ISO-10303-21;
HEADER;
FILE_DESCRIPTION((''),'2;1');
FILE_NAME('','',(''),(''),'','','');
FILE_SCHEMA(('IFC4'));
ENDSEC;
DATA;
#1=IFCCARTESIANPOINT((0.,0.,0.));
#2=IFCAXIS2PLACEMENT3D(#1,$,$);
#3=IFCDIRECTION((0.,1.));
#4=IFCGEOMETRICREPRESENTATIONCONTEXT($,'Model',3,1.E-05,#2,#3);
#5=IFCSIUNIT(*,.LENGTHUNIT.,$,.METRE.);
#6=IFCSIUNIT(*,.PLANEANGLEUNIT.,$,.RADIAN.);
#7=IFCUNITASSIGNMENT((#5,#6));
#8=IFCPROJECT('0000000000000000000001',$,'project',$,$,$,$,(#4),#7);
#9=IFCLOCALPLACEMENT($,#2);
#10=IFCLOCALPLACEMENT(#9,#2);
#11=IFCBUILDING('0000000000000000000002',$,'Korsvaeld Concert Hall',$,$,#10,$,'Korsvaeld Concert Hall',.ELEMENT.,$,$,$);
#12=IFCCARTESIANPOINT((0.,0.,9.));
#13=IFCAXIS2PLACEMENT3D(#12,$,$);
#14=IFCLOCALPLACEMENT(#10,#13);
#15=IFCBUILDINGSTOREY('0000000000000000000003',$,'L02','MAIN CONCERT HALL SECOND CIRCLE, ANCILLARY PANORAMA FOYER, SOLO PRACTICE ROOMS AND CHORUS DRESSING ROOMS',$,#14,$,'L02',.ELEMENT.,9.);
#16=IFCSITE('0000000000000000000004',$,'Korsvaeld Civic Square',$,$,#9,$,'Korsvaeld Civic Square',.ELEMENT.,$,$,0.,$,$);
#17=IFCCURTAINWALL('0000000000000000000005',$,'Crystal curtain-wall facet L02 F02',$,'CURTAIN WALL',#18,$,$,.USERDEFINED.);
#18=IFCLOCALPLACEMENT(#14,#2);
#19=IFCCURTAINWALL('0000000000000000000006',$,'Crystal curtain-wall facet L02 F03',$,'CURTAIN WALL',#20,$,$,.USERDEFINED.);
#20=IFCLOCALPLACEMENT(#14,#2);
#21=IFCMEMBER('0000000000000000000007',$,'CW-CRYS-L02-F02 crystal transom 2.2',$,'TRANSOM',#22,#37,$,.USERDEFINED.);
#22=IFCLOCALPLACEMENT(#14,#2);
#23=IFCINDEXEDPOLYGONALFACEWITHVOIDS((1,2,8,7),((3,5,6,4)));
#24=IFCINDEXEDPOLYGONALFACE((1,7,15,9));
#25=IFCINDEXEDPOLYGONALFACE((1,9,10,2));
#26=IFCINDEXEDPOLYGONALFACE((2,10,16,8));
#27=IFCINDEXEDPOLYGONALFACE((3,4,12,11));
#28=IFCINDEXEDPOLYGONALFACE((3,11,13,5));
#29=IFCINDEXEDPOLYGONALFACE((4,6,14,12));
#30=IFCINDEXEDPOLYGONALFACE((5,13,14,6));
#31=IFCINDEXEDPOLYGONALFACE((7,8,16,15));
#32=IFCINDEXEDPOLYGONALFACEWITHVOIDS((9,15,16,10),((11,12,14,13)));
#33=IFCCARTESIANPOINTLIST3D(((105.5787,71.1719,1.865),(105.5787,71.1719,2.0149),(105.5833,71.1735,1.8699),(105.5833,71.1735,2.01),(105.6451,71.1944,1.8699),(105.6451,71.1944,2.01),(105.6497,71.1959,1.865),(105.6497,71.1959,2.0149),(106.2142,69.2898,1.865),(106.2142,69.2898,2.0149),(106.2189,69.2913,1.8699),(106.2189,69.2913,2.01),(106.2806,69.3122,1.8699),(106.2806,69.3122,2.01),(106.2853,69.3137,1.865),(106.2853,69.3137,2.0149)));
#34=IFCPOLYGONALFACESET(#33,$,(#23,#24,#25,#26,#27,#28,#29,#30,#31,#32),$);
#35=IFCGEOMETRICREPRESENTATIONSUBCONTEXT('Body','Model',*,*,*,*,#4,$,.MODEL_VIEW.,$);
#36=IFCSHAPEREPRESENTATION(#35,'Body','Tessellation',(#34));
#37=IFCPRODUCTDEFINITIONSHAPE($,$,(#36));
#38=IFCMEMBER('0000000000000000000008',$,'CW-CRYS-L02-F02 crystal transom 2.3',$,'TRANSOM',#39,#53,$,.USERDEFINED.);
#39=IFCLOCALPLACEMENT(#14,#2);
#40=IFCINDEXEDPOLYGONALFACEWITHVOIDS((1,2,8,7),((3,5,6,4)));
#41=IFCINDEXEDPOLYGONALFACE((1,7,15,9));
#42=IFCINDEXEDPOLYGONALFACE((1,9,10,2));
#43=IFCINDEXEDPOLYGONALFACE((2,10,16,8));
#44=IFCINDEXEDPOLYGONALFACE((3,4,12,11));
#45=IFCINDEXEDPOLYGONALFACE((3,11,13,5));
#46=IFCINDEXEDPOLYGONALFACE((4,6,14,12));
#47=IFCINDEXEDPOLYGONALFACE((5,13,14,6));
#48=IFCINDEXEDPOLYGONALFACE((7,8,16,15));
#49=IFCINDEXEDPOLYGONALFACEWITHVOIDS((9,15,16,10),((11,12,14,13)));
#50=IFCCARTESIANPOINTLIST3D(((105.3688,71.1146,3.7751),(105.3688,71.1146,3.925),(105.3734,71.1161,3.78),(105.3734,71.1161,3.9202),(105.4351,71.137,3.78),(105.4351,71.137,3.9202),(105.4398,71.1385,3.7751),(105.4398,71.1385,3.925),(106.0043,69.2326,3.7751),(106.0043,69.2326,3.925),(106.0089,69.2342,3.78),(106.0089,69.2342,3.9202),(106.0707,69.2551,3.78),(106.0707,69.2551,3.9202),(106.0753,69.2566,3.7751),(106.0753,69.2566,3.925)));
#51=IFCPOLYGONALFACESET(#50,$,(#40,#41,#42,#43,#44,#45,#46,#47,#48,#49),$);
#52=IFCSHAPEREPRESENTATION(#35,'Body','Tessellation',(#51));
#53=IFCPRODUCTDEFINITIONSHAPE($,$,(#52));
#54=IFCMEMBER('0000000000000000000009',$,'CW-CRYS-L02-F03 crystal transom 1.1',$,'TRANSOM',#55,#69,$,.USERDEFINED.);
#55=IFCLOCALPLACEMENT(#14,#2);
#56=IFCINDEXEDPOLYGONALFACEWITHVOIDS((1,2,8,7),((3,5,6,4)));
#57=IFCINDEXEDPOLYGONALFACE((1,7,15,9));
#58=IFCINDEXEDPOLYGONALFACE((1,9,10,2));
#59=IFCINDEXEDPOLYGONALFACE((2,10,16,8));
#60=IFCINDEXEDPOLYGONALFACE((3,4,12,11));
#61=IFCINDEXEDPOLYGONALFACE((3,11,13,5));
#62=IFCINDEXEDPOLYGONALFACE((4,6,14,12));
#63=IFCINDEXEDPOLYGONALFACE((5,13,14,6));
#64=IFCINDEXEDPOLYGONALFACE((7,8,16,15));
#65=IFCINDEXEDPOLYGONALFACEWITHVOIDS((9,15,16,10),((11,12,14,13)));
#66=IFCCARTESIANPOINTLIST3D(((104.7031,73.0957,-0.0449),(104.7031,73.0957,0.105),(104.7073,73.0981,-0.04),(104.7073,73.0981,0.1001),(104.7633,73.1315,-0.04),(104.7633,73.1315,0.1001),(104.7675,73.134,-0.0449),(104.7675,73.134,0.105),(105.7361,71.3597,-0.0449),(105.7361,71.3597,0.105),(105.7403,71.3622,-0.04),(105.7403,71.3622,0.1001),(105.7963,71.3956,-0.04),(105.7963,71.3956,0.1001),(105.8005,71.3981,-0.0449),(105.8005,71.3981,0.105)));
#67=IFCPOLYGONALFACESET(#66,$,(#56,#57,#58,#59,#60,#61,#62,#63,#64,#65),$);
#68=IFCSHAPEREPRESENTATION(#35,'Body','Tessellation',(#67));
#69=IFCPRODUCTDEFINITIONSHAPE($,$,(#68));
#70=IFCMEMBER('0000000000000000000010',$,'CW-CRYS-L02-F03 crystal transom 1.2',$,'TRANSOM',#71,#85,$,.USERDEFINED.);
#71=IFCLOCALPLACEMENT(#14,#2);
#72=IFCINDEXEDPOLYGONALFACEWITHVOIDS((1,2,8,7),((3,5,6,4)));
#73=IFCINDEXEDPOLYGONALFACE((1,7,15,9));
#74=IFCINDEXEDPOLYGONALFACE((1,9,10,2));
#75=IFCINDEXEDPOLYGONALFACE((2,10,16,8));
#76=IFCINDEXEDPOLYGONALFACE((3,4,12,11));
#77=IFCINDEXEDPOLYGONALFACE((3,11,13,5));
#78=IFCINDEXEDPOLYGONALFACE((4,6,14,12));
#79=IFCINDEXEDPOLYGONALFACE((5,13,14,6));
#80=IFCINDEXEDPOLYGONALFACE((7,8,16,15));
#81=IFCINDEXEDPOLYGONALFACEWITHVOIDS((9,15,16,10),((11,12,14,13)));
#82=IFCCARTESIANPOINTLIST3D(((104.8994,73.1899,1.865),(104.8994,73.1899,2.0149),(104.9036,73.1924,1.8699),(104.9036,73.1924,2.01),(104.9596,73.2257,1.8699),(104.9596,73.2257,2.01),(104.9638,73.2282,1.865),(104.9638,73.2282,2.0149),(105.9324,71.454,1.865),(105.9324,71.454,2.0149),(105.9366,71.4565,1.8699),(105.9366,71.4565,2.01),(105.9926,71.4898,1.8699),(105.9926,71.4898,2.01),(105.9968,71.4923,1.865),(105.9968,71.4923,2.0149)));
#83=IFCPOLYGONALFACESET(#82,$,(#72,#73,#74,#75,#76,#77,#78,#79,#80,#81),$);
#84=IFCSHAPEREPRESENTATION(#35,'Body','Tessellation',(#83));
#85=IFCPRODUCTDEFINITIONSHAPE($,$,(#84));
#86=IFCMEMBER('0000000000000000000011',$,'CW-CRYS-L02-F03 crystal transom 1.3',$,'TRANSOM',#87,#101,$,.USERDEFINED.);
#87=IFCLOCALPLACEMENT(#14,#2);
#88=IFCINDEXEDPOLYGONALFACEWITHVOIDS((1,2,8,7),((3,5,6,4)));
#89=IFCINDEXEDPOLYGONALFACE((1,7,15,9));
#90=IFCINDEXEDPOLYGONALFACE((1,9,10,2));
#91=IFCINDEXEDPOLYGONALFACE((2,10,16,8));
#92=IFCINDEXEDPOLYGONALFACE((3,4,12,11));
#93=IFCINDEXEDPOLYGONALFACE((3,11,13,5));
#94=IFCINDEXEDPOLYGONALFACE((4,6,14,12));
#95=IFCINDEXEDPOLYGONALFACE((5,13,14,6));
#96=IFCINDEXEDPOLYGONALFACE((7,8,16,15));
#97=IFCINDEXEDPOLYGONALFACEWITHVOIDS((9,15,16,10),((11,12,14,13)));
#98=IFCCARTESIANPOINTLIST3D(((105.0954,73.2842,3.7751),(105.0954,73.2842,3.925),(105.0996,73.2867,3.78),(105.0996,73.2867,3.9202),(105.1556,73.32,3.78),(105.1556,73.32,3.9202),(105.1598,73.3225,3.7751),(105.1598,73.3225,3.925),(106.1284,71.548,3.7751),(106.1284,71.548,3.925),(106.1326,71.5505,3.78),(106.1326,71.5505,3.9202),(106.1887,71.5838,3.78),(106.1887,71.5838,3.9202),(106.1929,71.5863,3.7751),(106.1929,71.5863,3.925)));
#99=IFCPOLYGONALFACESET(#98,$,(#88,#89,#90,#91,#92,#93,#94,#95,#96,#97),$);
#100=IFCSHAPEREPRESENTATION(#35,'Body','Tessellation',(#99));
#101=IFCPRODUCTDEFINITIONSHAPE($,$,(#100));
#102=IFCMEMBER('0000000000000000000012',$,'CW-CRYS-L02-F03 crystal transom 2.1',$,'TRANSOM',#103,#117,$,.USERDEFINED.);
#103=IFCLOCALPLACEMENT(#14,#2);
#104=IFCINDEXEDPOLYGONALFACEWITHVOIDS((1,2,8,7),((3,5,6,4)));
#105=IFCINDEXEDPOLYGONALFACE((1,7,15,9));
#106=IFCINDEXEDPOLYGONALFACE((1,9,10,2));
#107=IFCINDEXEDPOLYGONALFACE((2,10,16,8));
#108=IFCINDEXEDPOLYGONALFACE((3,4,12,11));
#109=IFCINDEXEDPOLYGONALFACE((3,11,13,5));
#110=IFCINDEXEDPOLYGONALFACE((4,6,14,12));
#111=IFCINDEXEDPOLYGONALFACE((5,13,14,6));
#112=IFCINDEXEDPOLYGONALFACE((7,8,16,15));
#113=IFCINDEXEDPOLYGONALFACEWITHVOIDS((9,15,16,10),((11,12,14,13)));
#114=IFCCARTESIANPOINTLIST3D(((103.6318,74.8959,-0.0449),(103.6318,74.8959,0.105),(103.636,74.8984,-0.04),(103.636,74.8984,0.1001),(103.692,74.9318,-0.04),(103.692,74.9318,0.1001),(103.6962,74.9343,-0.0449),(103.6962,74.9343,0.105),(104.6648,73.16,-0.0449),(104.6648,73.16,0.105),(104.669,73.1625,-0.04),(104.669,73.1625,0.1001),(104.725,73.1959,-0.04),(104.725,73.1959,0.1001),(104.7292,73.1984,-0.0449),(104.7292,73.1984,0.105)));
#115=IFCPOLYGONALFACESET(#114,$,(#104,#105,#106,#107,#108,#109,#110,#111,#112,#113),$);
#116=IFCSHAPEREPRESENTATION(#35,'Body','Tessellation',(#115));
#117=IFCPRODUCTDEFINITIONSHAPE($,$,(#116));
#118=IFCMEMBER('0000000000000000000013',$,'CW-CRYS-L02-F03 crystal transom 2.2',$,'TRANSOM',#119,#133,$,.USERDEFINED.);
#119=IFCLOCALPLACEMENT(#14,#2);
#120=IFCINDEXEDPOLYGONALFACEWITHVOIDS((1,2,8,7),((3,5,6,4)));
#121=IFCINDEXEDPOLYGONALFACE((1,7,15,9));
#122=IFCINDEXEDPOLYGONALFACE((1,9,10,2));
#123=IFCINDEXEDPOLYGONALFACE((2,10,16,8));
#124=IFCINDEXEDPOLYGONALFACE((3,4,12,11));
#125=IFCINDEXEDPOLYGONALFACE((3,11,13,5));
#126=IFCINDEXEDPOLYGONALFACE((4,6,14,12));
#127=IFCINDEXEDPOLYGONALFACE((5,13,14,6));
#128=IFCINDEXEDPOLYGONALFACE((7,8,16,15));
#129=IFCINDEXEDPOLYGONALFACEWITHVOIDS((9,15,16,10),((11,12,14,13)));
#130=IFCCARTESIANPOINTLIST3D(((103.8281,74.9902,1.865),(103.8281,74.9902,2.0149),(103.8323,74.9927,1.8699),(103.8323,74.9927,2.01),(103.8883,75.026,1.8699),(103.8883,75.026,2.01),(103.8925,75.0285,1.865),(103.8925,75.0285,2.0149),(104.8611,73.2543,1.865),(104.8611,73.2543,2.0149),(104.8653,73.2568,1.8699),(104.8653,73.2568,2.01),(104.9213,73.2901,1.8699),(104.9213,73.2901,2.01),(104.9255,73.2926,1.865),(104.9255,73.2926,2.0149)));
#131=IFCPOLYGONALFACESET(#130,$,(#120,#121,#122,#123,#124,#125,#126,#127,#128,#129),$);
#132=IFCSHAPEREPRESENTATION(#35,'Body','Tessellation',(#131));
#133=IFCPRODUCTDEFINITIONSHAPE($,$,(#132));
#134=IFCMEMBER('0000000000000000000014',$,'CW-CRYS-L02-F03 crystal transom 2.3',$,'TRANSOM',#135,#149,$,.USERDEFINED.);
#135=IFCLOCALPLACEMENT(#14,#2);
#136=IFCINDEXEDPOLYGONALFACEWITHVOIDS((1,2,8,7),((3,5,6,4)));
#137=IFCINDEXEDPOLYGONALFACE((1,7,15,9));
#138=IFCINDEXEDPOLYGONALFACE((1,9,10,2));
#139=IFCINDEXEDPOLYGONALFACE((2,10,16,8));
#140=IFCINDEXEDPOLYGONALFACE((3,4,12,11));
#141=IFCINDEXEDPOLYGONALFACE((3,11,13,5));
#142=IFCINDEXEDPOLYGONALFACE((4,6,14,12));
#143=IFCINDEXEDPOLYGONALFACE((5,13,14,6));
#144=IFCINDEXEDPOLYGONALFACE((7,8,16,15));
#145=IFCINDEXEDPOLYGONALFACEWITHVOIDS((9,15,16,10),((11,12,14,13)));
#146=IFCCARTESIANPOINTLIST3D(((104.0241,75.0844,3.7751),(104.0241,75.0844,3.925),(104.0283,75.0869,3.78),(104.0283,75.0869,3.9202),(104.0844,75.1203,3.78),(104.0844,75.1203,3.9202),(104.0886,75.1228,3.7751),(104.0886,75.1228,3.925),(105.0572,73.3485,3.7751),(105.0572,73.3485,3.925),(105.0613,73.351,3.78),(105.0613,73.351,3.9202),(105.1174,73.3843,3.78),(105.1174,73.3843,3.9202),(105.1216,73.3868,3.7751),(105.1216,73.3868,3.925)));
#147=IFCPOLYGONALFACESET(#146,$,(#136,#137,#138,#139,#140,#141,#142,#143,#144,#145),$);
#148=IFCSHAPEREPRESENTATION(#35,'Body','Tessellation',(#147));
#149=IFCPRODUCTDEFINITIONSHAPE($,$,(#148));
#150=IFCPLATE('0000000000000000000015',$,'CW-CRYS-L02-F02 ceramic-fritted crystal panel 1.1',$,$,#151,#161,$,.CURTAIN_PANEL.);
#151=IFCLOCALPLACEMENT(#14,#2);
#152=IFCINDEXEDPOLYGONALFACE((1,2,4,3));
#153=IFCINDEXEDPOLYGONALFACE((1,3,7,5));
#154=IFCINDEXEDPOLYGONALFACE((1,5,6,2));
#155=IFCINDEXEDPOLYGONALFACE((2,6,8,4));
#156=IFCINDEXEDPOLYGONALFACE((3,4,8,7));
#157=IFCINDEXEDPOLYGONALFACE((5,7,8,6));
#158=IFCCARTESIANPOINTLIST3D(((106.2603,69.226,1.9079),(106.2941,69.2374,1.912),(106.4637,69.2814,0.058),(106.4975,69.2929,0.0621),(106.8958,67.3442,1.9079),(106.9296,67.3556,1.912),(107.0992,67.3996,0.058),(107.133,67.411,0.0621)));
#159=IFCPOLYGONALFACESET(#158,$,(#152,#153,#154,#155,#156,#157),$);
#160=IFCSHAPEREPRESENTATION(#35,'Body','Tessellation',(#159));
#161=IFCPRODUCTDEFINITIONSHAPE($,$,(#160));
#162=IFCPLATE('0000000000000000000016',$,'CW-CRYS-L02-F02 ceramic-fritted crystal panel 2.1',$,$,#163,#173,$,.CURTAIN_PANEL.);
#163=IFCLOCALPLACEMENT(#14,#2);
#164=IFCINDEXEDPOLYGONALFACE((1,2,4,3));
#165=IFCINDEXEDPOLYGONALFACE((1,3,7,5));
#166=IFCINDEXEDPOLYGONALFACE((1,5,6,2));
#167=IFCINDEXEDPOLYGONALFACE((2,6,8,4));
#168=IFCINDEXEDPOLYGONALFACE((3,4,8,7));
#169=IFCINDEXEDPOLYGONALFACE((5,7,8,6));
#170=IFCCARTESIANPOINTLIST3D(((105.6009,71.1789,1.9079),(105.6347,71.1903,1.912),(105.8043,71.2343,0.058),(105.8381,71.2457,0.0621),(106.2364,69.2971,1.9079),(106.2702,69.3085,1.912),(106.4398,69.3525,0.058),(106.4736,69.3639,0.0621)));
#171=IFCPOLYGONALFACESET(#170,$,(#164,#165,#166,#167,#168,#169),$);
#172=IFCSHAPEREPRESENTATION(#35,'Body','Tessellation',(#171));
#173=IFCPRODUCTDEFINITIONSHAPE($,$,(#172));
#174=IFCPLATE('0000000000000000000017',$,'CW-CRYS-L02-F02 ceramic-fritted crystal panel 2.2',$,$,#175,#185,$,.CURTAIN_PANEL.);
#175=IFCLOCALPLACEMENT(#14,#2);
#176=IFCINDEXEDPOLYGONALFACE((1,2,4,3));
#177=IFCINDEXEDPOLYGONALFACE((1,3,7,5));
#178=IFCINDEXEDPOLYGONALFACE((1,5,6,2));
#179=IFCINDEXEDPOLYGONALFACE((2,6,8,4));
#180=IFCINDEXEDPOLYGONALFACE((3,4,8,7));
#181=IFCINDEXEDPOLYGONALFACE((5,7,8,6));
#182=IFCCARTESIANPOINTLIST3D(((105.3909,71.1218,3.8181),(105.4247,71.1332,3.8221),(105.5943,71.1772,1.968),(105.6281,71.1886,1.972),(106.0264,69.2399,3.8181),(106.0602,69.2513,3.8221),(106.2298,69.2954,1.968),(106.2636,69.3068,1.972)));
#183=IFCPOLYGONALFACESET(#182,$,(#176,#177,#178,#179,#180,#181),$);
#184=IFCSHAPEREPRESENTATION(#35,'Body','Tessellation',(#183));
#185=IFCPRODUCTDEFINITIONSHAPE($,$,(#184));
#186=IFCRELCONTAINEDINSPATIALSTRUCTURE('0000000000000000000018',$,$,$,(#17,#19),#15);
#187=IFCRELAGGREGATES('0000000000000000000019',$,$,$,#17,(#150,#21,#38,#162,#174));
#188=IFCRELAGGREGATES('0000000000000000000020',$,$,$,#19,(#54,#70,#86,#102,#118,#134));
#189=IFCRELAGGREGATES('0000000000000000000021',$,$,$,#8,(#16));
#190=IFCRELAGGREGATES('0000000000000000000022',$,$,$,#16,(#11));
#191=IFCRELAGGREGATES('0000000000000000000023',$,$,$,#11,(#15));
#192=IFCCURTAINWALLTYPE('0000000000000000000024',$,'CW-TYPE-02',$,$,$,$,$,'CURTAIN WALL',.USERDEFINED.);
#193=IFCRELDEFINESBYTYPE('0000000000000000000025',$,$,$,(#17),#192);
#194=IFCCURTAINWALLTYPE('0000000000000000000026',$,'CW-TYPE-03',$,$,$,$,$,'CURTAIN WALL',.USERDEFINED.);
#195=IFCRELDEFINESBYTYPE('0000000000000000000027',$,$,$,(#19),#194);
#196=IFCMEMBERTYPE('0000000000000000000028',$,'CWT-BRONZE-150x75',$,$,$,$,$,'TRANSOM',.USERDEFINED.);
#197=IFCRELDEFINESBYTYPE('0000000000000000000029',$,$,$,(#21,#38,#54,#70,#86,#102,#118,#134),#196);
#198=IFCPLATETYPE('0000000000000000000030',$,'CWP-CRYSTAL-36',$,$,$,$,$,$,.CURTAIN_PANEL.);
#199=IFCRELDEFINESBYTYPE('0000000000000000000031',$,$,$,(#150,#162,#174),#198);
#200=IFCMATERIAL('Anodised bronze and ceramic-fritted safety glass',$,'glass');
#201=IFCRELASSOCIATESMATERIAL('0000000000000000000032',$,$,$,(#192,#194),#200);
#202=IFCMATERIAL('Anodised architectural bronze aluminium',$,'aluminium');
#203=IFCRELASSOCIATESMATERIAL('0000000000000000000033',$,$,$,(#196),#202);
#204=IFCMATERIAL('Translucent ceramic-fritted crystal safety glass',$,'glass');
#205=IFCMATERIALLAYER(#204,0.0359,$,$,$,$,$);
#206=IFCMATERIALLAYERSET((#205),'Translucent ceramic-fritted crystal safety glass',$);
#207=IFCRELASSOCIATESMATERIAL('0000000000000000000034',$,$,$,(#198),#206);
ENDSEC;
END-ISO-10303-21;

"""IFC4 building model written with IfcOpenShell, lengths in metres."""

from ifc_helpers import new_model, si_unit, direction, frame, origin, origin_2d, place, context, subcontext, project, spatial, polyline, hollow_rectangle, outline, extrude, material, layer, layer_set, material_profile, profile_set, type_object, element, aggregate, save


model = new_model("IFC4")

# Units and contexts
model_context = context("Model", 3, precision=1e-05, world=origin(), true_north=direction((0.0, 1.0)))
body_context = subcontext(model_context, "Body", "Model", "MODEL_VIEW")
ifc_project = project(units=[si_unit("LENGTHUNIT", "METRE"), si_unit("PLANEANGLEUNIT", "RADIAN")], contexts=[model_context])

# Site, building, storey
site_placement = place(None, origin())
site = spatial("IfcSite", under=ifc_project, at=site_placement, Name="Korsvaeld Civic Square", LongName="Korsvaeld Civic Square", CompositionType="ELEMENT", RefElevation=0.0)
building_placement = place(site_placement, origin())
building = spatial("IfcBuilding", under=site, at=building_placement, Name="Korsvaeld Concert Hall", LongName="Korsvaeld Concert Hall", CompositionType="ELEMENT")
storey_placement = place(building_placement, frame((0.0, 0.0, 9.0)))
storey = spatial("IfcBuildingStorey", under=building, at=storey_placement, Name="L02", Description="MAIN CONCERT HALL SECOND CIRCLE, ANCILLARY PANORAMA FOYER, SOLO PRACTICE ROOMS AND CHORUS DRESSING ROOMS", LongName="L02", CompositionType="ELEMENT", Elevation=9.0)

# Curtain walls
ifc_material_1 = material(Name="Anodised bronze and ceramic-fritted safety glass", Category="glass")
curtain_wall_type_1 = type_object("IfcCurtainWallType", Name="CW-TYPE-02", ElementType="CURTAIN WALL", PredefinedType="USERDEFINED", material=ifc_material_1)
curtain_wall_1_placement = place(storey_placement, origin())
curtain_wall_1 = element("IfcCurtainWall", 1, at=curtain_wall_1_placement, inside=storey, type_object=curtain_wall_type_1, Name="Crystal curtain-wall facet L02 F02", ObjectType="CURTAIN WALL", PredefinedType="USERDEFINED")
ifc_material_2 = material(Name="Anodised architectural bronze aluminium", Category="aluminium")
curtain_wall_type_2 = type_object("IfcCurtainWallType", Name="CW-TYPE-03", ElementType="CURTAIN WALL", PredefinedType="USERDEFINED", material=ifc_material_1)
curtain_wall_2_placement = place(storey_placement, origin())
curtain_wall_2 = element("IfcCurtainWall", 2, at=curtain_wall_2_placement, inside=storey, type_object=curtain_wall_type_2, Name="Crystal curtain-wall facet L02 F03", ObjectType="CURTAIN WALL", PredefinedType="USERDEFINED")

# Members
ifc_material_profile_1 = material_profile(ifc_material_2, hollow_rectangle(XDim=0.075, YDim=0.1499, WallThickness=0.0049, at=origin_2d()), Name="CWT 150x75x5")
ifc_profile_set_1 = profile_set([ifc_material_profile_1], Name="Anodised architectural bronze aluminium")
member_type_1 = type_object("IfcMemberType", Name="CWT-BRONZE-150x75", ElementType="TRANSOM", PredefinedType="USERDEFINED", material=ifc_profile_set_1)
member_1_placement = place(storey_placement, frame((106.2498, 69.3018, 1.9399), z_axis=(-0.319912, 0.947447, 0.0), x_axis=(-0.947447, -0.319912, 0.0)))
member_1 = element("IfcMember", 3, at=member_1_placement, type_object=member_type_1, Name="CW-CRYS-L02-F02 crystal transom 2.2", ObjectType="TRANSOM", PredefinedType="USERDEFINED", context=body_context, shape_type="SweptSolid", body=[
    extrude(hollow_rectangle(XDim=0.075, YDim=0.1499, WallThickness=0.0049, at=origin_2d()), origin(), (0.0, 0.0, 1.0), 1.9866),
])
member_2_placement = place(storey_placement, frame((106.0398, 69.2446, 3.8501), z_axis=(-0.31995, 0.947435, 0.0), x_axis=(-0.947435, -0.31995, 0.0)))
member_2 = element("IfcMember", 4, at=member_2_placement, type_object=member_type_1, Name="CW-CRYS-L02-F02 crystal transom 2.3", ObjectType="TRANSOM", PredefinedType="USERDEFINED", context=body_context, shape_type="SweptSolid", body=[
    extrude(hollow_rectangle(XDim=0.075, YDim=0.1499, WallThickness=0.0049, at=origin_2d()), origin(), (0.0, 0.0, 1.0), 1.9863),
])
member_3_placement = place(storey_placement, frame((105.7683, 71.3789, 0.03), z_axis=(-0.511382, 0.859354, 0.0), x_axis=(-0.859354, -0.511382, 0.0)))
member_3 = element("IfcMember", 5, at=member_3_placement, type_object=member_type_1, Name="CW-CRYS-L02-F03 crystal transom 1.1", ObjectType="TRANSOM", PredefinedType="USERDEFINED", context=body_context, shape_type="SweptSolid", body=[
    extrude(hollow_rectangle(XDim=0.075, YDim=0.1499, WallThickness=0.0049, at=origin_2d()), origin(), (0.0, 0.0, 1.0), 2.02),
])
member_4_placement = place(storey_placement, frame((105.9646, 71.4731, 1.9399), z_axis=(-0.511382, 0.859354, 0.0), x_axis=(-0.859354, -0.511382, 0.0)))
member_4 = element("IfcMember", 6, at=member_4_placement, type_object=member_type_1, Name="CW-CRYS-L02-F03 crystal transom 1.2", ObjectType="TRANSOM", PredefinedType="USERDEFINED", context=body_context, shape_type="SweptSolid", body=[
    extrude(hollow_rectangle(XDim=0.075, YDim=0.1499, WallThickness=0.0049, at=origin_2d()), origin(), (0.0, 0.0, 1.0), 2.02),
])
member_5_placement = place(storey_placement, frame((106.1606, 71.5671, 3.8501), z_axis=(-0.511329, 0.859385, 0.0), x_axis=(-0.859385, -0.511329, 0.0)))
member_5 = element("IfcMember", 7, at=member_5_placement, type_object=member_type_1, Name="CW-CRYS-L02-F03 crystal transom 1.3", ObjectType="TRANSOM", PredefinedType="USERDEFINED", context=body_context, shape_type="SweptSolid", body=[
    extrude(hollow_rectangle(XDim=0.075, YDim=0.1499, WallThickness=0.0049, at=origin_2d()), origin(), (0.0, 0.0, 1.0), 2.0203),
])
member_6_placement = place(storey_placement, frame((104.697, 73.1792, 0.03), z_axis=(-0.511382, 0.859354, 0.0), x_axis=(-0.859354, -0.511382, 0.0)))
member_6 = element("IfcMember", 8, at=member_6_placement, type_object=member_type_1, Name="CW-CRYS-L02-F03 crystal transom 2.1", ObjectType="TRANSOM", PredefinedType="USERDEFINED", context=body_context, shape_type="SweptSolid", body=[
    extrude(hollow_rectangle(XDim=0.075, YDim=0.1499, WallThickness=0.0049, at=origin_2d()), origin(), (0.0, 0.0, 1.0), 2.02),
])
member_7_placement = place(storey_placement, frame((104.8933, 73.2734, 1.9399), z_axis=(-0.511382, 0.859354, 0.0), x_axis=(-0.859354, -0.511382, 0.0)))
member_7 = element("IfcMember", 9, at=member_7_placement, type_object=member_type_1, Name="CW-CRYS-L02-F03 crystal transom 2.2", ObjectType="TRANSOM", PredefinedType="USERDEFINED", context=body_context, shape_type="SweptSolid", body=[
    extrude(hollow_rectangle(XDim=0.075, YDim=0.1499, WallThickness=0.0049, at=origin_2d()), origin(), (0.0, 0.0, 1.0), 2.02),
])
member_8_placement = place(storey_placement, frame((105.0894, 73.3677, 3.8501), z_axis=(-0.511382, 0.859354, 0.0), x_axis=(-0.859354, -0.511382, 0.0)))
member_8 = element("IfcMember", 10, at=member_8_placement, type_object=member_type_1, Name="CW-CRYS-L02-F03 crystal transom 2.3", ObjectType="TRANSOM", PredefinedType="USERDEFINED", context=body_context, shape_type="SweptSolid", body=[
    extrude(hollow_rectangle(XDim=0.075, YDim=0.1499, WallThickness=0.0049, at=origin_2d()), origin(), (0.0, 0.0, 1.0), 2.02),
])

# Plates
ifc_material_3 = material(Name="Translucent ceramic-fritted crystal safety glass", Category="glass")
ifc_layer = layer(ifc_material_3, 0.0359)
ifc_layer_set = layer_set([ifc_layer], Name="Translucent ceramic-fritted crystal safety glass")
plate_type = type_object("IfcPlateType", Name="CWP-CRYSTAL-36", PredefinedType="CURTAIN_PANEL", material=ifc_layer_set)
plate_1_placement = place(storey_placement, frame((107.116, 67.4053, 0.0601), z_axis=(0.941365, 0.3179, 0.113016), x_axis=(-0.31995, 0.947435, 0.0)))
plate_1 = element("IfcPlate", 11, at=plate_1_placement, type_object=plate_type, Name="CW-CRYS-L02-F02 ceramic-fritted crystal panel 1.1", PredefinedType="CURTAIN_PANEL", context=body_context, shape_type="SweptSolid", body=[
    extrude(outline(polyline([(0.0, 0.0), (1.9862, 0.0), (1.9988, 1.8618), (0.0126, 1.8618), (0.0, 0.0)])), frame((0.0, 0.0, 0.0181)), (0.0, 0.0, -1.0), 0.0359),
])
plate_2_placement = place(storey_placement, frame((106.4565, 69.3582, 0.0601), z_axis=(0.941365, 0.3179, 0.113016), x_axis=(-0.31995, 0.947435, 0.0)))
plate_2 = element("IfcPlate", 12, at=plate_2_placement, type_object=plate_type, Name="CW-CRYS-L02-F02 ceramic-fritted crystal panel 2.1", PredefinedType="CURTAIN_PANEL", context=body_context, shape_type="SweptSolid", body=[
    extrude(outline(polyline([(0.0, 0.0), (1.9862, 0.0), (1.9988, 1.8618), (0.0126, 1.8618), (0.0, 0.0)])), frame((0.0, 0.0, 0.0181)), (0.0, 0.0, -1.0), 0.0359),
])
plate_3_placement = place(storey_placement, frame((106.2466, 69.301, 1.97), z_axis=(0.941366, 0.3179, 0.113001), x_axis=(-0.31995, 0.947435, 0.0)))
plate_3 = element("IfcPlate", 13, at=plate_3_placement, type_object=plate_type, Name="CW-CRYS-L02-F02 ceramic-fritted crystal panel 2.2", PredefinedType="CURTAIN_PANEL", context=body_context, shape_type="SweptSolid", body=[
    extrude(outline(polyline([(0.0, 0.0), (1.9862, 0.0), (1.9988, 1.862), (0.0126, 1.862), (0.0, 0.0)])), frame((0.0, 0.0, 0.0181)), (0.0, 0.0, -1.0), 0.0359),
])
aggregate(curtain_wall_1, [plate_1, member_1, member_2, plate_2, plate_3])
aggregate(curtain_wall_2, [member_3, member_4, member_5, member_6, member_7, member_8])

save(model, "model.ifc")
